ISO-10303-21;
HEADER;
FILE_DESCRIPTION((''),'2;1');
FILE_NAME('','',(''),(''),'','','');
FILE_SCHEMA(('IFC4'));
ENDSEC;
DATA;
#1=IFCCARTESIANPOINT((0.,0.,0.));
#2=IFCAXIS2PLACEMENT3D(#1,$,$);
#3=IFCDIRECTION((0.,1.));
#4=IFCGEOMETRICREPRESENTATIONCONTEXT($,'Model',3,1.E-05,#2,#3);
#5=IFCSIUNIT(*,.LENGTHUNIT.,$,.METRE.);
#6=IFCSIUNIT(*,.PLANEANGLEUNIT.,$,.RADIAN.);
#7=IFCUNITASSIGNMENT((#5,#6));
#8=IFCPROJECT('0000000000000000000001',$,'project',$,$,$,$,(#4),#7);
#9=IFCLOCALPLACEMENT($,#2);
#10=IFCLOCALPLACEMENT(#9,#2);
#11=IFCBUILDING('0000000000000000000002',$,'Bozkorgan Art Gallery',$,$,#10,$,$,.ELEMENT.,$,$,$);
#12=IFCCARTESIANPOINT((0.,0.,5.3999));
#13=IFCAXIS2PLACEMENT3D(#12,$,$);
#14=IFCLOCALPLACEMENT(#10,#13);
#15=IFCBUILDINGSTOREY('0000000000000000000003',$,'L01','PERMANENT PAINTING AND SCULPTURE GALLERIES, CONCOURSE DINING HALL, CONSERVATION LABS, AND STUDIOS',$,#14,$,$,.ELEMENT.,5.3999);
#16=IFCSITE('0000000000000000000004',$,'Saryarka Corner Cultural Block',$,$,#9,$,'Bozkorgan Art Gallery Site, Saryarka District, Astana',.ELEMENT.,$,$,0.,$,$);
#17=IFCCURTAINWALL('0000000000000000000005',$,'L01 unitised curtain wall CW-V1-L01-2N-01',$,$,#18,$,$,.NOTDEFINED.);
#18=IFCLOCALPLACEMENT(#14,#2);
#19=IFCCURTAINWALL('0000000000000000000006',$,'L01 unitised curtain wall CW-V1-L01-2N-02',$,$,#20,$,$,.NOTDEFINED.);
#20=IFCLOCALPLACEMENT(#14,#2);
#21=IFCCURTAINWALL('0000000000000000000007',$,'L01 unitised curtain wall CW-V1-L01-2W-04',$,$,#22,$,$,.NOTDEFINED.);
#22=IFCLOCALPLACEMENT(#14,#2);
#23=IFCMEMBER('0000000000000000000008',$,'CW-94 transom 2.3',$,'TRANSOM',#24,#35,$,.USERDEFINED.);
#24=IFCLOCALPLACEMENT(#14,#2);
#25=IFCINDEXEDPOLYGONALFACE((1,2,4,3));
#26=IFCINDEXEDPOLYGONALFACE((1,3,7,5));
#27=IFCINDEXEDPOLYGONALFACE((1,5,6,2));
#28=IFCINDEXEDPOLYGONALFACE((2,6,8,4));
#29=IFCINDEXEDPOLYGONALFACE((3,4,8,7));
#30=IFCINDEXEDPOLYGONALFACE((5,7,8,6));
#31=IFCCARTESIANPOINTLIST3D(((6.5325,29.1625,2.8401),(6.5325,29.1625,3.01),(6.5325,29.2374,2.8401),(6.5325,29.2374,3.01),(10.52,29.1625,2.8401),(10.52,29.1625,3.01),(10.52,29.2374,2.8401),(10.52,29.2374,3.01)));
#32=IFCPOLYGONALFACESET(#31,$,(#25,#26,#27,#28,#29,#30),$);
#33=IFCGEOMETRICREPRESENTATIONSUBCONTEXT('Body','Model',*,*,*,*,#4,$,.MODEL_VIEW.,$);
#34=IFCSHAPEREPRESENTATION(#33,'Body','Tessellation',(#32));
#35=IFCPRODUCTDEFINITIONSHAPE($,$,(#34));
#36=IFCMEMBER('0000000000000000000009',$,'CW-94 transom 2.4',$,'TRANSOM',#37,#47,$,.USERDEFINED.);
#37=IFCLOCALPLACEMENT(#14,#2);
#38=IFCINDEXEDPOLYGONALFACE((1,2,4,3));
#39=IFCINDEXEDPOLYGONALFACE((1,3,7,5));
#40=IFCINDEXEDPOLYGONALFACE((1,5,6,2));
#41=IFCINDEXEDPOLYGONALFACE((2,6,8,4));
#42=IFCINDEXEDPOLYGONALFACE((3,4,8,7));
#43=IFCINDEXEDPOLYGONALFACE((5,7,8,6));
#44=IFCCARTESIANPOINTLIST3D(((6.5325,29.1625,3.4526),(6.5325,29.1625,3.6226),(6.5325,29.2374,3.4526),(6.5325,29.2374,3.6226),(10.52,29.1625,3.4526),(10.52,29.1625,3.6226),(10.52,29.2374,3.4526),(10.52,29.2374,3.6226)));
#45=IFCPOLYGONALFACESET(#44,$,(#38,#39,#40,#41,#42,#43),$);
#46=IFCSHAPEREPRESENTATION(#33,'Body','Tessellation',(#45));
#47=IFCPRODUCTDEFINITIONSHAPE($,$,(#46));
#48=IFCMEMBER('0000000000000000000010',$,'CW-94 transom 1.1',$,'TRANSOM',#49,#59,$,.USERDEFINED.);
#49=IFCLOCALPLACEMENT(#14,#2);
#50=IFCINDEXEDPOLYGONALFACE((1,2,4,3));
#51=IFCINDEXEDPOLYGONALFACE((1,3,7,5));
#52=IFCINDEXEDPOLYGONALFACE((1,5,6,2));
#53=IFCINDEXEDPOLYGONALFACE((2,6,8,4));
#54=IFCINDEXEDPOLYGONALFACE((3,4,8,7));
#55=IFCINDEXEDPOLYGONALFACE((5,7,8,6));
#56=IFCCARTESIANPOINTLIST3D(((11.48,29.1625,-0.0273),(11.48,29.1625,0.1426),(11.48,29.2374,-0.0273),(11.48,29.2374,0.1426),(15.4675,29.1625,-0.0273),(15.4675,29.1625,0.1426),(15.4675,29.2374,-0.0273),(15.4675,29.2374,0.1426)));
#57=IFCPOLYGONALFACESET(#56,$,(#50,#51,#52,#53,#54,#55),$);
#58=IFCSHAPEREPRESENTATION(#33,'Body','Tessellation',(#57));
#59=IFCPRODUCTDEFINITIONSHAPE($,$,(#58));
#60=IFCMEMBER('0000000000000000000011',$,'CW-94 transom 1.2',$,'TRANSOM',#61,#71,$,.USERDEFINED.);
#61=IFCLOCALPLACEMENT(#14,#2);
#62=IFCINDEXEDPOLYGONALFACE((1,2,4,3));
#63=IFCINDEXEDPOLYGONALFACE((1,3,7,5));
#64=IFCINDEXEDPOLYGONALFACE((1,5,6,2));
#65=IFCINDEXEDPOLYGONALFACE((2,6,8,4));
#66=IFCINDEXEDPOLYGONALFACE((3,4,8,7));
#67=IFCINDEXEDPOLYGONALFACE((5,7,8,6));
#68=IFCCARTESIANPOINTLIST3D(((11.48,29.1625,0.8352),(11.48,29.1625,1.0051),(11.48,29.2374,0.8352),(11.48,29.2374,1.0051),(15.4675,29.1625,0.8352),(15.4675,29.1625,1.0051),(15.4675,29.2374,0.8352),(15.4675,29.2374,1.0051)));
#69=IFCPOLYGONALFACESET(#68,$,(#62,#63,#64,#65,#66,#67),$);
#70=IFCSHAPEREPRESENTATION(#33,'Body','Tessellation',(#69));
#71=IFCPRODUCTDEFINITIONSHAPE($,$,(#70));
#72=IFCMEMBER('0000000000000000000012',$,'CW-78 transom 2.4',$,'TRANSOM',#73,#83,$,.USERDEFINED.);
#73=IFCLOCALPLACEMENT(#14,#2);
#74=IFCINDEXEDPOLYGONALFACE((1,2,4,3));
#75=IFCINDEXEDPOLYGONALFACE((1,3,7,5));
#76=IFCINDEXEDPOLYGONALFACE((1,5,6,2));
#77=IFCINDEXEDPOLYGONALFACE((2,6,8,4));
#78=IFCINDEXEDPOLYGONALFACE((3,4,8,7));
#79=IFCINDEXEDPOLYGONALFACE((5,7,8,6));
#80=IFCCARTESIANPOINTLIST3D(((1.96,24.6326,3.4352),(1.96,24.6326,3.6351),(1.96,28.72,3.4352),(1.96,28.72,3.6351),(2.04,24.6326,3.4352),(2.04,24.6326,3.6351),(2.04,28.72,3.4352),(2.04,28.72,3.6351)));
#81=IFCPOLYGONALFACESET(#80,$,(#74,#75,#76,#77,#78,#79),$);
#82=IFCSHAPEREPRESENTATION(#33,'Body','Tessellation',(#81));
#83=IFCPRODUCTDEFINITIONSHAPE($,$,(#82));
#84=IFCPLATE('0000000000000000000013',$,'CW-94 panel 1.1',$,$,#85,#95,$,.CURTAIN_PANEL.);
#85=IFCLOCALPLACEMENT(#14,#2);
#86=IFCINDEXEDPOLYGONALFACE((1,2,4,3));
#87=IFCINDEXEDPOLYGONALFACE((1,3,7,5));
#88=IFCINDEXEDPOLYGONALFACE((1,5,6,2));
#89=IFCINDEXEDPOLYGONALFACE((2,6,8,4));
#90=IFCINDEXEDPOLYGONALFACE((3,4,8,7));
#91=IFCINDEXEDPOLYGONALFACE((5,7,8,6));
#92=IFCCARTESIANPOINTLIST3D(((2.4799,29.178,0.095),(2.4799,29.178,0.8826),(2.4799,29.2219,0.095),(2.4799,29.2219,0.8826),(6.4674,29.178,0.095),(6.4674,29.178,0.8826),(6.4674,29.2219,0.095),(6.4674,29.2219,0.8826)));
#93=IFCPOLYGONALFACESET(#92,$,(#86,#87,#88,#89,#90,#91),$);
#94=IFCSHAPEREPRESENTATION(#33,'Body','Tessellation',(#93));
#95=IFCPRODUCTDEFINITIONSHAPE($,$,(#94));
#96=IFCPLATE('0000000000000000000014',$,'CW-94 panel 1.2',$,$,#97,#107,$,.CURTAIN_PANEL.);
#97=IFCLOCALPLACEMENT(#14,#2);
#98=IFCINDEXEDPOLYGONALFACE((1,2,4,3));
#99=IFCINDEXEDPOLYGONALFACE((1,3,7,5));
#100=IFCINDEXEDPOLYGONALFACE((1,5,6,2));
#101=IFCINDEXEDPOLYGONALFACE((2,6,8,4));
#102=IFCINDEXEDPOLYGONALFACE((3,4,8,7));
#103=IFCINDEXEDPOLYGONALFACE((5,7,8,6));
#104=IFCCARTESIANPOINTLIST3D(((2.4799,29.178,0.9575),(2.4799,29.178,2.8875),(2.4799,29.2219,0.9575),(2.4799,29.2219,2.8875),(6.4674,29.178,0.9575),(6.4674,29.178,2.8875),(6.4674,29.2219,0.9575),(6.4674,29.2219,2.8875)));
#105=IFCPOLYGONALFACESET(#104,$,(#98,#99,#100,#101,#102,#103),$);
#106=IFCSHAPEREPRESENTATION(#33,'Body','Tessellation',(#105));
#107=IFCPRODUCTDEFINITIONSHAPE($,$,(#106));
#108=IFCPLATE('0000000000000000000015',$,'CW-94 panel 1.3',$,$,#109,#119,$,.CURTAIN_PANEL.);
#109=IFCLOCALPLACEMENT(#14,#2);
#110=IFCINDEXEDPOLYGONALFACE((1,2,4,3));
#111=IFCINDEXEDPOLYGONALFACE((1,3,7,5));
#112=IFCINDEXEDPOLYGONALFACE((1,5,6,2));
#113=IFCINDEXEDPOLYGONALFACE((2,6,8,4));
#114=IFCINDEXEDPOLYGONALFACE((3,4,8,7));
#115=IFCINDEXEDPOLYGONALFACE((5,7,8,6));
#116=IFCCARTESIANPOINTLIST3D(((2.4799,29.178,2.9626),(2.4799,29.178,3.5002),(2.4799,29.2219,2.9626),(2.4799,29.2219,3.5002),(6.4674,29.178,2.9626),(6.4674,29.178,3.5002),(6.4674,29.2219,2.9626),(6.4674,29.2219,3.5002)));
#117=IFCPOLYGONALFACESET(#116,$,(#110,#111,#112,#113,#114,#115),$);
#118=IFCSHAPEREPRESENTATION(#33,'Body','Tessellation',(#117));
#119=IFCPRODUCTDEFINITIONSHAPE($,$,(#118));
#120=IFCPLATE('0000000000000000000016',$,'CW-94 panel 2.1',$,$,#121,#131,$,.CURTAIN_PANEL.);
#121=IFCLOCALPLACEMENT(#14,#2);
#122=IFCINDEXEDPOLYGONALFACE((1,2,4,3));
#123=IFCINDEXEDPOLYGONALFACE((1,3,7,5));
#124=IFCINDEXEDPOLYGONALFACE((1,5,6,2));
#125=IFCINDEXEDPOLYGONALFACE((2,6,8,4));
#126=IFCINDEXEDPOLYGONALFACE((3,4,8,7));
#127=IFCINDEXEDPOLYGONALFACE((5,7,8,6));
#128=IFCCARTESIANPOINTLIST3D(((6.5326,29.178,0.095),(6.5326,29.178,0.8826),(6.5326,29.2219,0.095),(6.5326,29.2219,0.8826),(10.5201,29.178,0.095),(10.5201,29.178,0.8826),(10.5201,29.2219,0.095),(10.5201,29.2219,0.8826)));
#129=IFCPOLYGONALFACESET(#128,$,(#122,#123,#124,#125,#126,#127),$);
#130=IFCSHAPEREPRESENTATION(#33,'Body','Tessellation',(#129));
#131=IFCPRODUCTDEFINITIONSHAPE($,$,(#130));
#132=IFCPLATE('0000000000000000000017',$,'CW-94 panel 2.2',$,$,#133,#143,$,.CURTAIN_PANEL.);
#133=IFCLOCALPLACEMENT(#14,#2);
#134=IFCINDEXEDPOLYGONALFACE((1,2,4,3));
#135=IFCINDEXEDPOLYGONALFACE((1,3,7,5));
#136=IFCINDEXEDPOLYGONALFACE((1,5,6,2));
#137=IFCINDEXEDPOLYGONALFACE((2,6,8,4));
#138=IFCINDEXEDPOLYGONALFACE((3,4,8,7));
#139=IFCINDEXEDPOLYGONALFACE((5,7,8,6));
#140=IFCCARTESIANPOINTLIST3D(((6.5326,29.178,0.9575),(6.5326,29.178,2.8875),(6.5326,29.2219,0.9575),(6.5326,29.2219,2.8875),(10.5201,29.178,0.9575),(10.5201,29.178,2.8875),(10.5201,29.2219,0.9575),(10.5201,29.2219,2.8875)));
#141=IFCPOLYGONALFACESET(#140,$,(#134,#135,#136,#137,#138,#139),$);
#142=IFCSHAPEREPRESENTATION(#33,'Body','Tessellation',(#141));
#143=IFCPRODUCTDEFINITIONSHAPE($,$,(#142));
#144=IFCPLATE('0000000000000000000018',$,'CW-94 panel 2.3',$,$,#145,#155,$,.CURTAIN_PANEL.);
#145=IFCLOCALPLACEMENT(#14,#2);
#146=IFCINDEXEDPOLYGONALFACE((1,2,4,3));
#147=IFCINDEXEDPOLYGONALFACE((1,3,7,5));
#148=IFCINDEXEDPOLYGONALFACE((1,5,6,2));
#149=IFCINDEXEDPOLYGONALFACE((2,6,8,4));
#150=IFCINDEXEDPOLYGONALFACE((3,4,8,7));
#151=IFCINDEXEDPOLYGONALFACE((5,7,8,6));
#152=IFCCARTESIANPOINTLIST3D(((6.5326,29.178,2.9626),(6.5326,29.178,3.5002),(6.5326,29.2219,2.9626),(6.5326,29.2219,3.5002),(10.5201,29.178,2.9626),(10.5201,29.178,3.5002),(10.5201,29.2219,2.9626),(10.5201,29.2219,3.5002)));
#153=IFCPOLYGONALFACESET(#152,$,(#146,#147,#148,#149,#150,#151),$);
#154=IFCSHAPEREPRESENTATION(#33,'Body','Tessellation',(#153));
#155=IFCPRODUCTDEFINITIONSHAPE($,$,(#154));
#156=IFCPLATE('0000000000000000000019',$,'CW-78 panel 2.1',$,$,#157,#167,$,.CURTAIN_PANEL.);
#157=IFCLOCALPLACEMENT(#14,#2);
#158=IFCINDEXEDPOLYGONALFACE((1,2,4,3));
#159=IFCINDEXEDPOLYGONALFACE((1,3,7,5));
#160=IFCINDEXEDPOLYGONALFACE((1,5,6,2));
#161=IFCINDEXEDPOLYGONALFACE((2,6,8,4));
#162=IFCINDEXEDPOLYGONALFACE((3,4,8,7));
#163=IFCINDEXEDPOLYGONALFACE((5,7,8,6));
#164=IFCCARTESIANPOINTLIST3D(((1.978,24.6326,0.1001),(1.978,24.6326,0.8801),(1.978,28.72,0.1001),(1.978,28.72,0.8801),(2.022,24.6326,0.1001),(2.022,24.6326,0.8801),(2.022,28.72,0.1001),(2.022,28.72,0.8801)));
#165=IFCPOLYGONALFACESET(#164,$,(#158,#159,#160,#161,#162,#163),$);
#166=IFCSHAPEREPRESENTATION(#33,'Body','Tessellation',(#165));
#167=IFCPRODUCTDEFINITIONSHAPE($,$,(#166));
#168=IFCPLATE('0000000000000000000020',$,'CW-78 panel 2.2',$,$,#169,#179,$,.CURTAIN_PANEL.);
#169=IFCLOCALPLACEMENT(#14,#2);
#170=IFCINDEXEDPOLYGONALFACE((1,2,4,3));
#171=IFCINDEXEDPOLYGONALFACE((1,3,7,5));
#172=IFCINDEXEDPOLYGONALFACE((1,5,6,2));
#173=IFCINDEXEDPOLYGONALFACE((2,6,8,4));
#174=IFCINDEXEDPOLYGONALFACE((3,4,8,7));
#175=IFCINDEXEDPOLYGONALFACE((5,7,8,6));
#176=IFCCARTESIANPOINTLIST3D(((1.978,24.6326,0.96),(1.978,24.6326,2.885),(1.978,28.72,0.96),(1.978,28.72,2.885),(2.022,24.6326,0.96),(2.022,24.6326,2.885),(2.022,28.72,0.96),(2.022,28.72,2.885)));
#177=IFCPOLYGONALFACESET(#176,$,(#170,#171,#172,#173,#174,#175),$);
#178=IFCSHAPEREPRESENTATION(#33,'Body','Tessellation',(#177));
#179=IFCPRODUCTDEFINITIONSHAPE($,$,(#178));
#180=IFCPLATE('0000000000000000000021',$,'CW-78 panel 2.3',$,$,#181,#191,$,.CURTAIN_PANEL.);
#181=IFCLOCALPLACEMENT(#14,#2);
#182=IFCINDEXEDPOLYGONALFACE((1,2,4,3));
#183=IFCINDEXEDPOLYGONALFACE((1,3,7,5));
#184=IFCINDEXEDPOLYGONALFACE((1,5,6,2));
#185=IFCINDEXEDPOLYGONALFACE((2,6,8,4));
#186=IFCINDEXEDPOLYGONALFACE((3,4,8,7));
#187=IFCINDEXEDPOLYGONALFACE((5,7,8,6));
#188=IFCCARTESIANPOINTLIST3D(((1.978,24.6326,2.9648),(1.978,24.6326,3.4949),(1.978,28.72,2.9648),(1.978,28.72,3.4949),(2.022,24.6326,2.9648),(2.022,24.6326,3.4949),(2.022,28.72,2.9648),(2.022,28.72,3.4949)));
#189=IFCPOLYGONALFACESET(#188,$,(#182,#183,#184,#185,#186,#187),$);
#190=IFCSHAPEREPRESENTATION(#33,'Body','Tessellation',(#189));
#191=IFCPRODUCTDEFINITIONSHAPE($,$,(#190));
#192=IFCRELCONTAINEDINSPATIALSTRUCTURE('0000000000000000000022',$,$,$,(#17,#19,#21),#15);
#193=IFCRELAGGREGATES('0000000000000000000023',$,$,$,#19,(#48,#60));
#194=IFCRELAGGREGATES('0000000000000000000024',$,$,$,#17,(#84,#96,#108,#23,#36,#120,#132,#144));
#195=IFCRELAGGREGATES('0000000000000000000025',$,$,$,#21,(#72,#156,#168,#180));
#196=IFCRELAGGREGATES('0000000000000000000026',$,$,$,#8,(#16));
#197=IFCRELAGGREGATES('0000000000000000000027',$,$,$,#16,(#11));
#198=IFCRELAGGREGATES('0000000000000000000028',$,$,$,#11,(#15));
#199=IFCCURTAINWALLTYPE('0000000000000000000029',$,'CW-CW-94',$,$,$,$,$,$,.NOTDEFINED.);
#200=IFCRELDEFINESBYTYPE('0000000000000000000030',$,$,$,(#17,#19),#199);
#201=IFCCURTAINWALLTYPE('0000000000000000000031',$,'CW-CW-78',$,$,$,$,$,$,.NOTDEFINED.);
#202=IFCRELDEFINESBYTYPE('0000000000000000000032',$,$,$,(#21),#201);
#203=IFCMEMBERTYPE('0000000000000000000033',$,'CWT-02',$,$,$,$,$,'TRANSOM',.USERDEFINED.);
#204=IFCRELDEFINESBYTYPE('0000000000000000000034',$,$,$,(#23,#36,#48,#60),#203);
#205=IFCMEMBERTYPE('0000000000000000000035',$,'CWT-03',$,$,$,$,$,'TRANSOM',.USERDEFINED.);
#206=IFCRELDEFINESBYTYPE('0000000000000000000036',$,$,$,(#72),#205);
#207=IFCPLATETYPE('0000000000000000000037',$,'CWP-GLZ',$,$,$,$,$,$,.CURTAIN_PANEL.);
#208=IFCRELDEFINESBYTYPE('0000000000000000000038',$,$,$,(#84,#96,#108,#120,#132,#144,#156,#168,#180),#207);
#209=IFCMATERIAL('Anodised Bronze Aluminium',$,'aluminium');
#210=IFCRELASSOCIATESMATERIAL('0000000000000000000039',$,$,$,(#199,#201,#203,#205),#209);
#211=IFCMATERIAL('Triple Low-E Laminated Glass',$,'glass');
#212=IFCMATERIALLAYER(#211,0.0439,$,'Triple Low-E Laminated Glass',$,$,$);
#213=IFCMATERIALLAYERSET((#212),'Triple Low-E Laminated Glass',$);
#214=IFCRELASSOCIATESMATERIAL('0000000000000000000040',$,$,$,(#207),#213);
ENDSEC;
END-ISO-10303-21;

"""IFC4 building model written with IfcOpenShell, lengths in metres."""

from ifc_helpers import new_model, si_unit, direction, frame, origin, origin_2d, place, context, subcontext, project, spatial, rectangle, extrude, material, layer, layer_set, material_profile, profile_set, type_object, element, aggregate, save


model = new_model("IFC4")

# Units and contexts
model_context = context("Model", 3, precision=1e-05, world=origin(), true_north=direction((0.0, 1.0)))
body_context = subcontext(model_context, "Body", "Model", "MODEL_VIEW")
ifc_project = project(units=[si_unit("LENGTHUNIT", "METRE"), si_unit("PLANEANGLEUNIT", "RADIAN")], contexts=[model_context])

# Site, building, storey
site_placement = place(None, origin())
site = spatial("IfcSite", under=ifc_project, at=site_placement, Name="Saryarka Corner Cultural Block", LongName="Bozkorgan Art Gallery Site, Saryarka District, Astana", CompositionType="ELEMENT", RefElevation=0.0)
building_placement = place(site_placement, origin())
building = spatial("IfcBuilding", under=site, at=building_placement, Name="Bozkorgan Art Gallery", CompositionType="ELEMENT")
storey_placement = place(building_placement, frame((0.0, 0.0, 5.3999)))
storey = spatial("IfcBuildingStorey", under=building, at=storey_placement, Name="L01", Description="PERMANENT PAINTING AND SCULPTURE GALLERIES, CONCOURSE DINING HALL, CONSERVATION LABS, AND STUDIOS", CompositionType="ELEMENT", Elevation=5.3999)

# Curtain wall
ifc_material_1 = material(Name="Anodised Bronze Aluminium", Category="aluminium")
curtain_wall_type_1 = type_object("IfcCurtainWallType", Name="CW-CW-94", PredefinedType="NOTDEFINED", material=ifc_material_1)
curtain_wall_1_placement = place(storey_placement, origin())
curtain_wall_1 = element("IfcCurtainWall", 1, at=curtain_wall_1_placement, inside=storey, type_object=curtain_wall_type_1, Name="L01 unitised curtain wall CW-V1-L01-2N-01", PredefinedType="NOTDEFINED")

# Curtain walls
curtain_wall_2_placement = place(storey_placement, origin())
curtain_wall_2 = element("IfcCurtainWall", 2, at=curtain_wall_2_placement, inside=storey, type_object=curtain_wall_type_1, Name="L01 unitised curtain wall CW-V1-L01-2N-02", PredefinedType="NOTDEFINED")
curtain_wall_type_2 = type_object("IfcCurtainWallType", Name="CW-CW-78", PredefinedType="NOTDEFINED", material=ifc_material_1)
curtain_wall_3_placement = place(storey_placement, origin())
curtain_wall_3 = element("IfcCurtainWall", 3, at=curtain_wall_3_placement, inside=storey, type_object=curtain_wall_type_2, Name="L01 unitised curtain wall CW-V1-L01-2W-04", PredefinedType="NOTDEFINED")

# Members
ifc_material_profile_1 = material_profile(ifc_material_1, rectangle(XDim=0.075, YDim=0.1699, at=origin_2d()), Name="ALU TRANSOM 75x170")
ifc_profile_set_1 = profile_set([ifc_material_profile_1], Name="Anodised Bronze Aluminium")
member_type_1 = type_object("IfcMemberType", Name="CWT-02", ElementType="TRANSOM", PredefinedType="USERDEFINED", material=ifc_profile_set_1)
member_1_placement = place(storey_placement, frame((6.5325, 29.2, 2.925), z_axis=(1.0, 0.0, 0.0), x_axis=(0.0, 1.0, 0.0)))
member_1 = element("IfcMember", 4, at=member_1_placement, type_object=member_type_1, Name="CW-94 transom 2.3", ObjectType="TRANSOM", PredefinedType="USERDEFINED", context=body_context, shape_type="SweptSolid", body=[
    extrude(rectangle(XDim=0.075, YDim=0.1699, at=origin_2d()), origin(), (0.0, 0.0, 1.0), 3.9875),
])
member_2_placement = place(storey_placement, frame((6.5325, 29.2, 3.5376), z_axis=(1.0, 0.0, 0.0), x_axis=(0.0, 1.0, 0.0)))
member_2 = element("IfcMember", 5, at=member_2_placement, type_object=member_type_1, Name="CW-94 transom 2.4", ObjectType="TRANSOM", PredefinedType="USERDEFINED", context=body_context, shape_type="SweptSolid", body=[
    extrude(rectangle(XDim=0.075, YDim=0.1699, at=origin_2d()), origin(), (0.0, 0.0, 1.0), 3.9875),
])
member_3_placement = place(storey_placement, frame((11.48, 29.2, 0.0576), z_axis=(1.0, 0.0, 0.0), x_axis=(0.0, 1.0, 0.0)))
member_3 = element("IfcMember", 6, at=member_3_placement, type_object=member_type_1, Name="CW-94 transom 1.1", ObjectType="TRANSOM", PredefinedType="USERDEFINED", context=body_context, shape_type="SweptSolid", body=[
    extrude(rectangle(XDim=0.075, YDim=0.1699, at=origin_2d()), origin(), (0.0, 0.0, 1.0), 3.9875),
])
member_4_placement = place(storey_placement, frame((11.48, 29.2, 0.9202), z_axis=(1.0, 0.0, 0.0), x_axis=(0.0, 1.0, 0.0)))
member_4 = element("IfcMember", 7, at=member_4_placement, type_object=member_type_1, Name="CW-94 transom 1.2", ObjectType="TRANSOM", PredefinedType="USERDEFINED", context=body_context, shape_type="SweptSolid", body=[
    extrude(rectangle(XDim=0.075, YDim=0.1699, at=origin_2d()), origin(), (0.0, 0.0, 1.0), 3.9875),
])
aggregate(curtain_wall_2, [member_3, member_4])
ifc_material_profile_2 = material_profile(ifc_material_1, rectangle(XDim=0.0801, YDim=0.2, at=origin_2d()), Name="ALU TRANSOM 80x200")
ifc_profile_set_2 = profile_set([ifc_material_profile_2], Name="Anodised Bronze Aluminium")
member_type_2 = type_object("IfcMemberType", Name="CWT-03", ElementType="TRANSOM", PredefinedType="USERDEFINED", material=ifc_profile_set_2)
member_5_placement = place(storey_placement, frame((2.0, 24.6326, 3.5352), z_axis=(0.0, 1.0, 0.0), x_axis=(-1.0, 0.0, 0.0)))
member_5 = element("IfcMember", 8, at=member_5_placement, type_object=member_type_2, Name="CW-78 transom 2.4", ObjectType="TRANSOM", PredefinedType="USERDEFINED", context=body_context, shape_type="SweptSolid", body=[
    extrude(rectangle(XDim=0.0801, YDim=0.2, at=origin_2d()), origin(), (0.0, 0.0, 1.0), 4.0874),
])

# Plates
ifc_material_2 = material(Name="Triple Low-E Laminated Glass", Category="glass")
ifc_layer = layer(ifc_material_2, 0.0439, Name="Triple Low-E Laminated Glass")
ifc_layer_set = layer_set([ifc_layer], Name="Triple Low-E Laminated Glass")
plate_type = type_object("IfcPlateType", Name="CWP-GLZ", PredefinedType="CURTAIN_PANEL", material=ifc_layer_set)
plate_1_placement = place(storey_placement, frame((4.4736, 29.2, 0.095), z_axis=(0.0, 0.0, 1.0), x_axis=(1.0, 0.0, 0.0)))
plate_1 = element("IfcPlate", 9, at=plate_1_placement, type_object=plate_type, Name="CW-94 panel 1.1", PredefinedType="CURTAIN_PANEL", context=body_context, shape_type="SweptSolid", body=[
    extrude(rectangle(XDim=3.9875, YDim=0.0439, at=origin_2d()), origin(), (0.0, 0.0, 1.0), 0.7876),
])
plate_2_placement = place(storey_placement, frame((4.4736, 29.2, 0.9575), z_axis=(0.0, 0.0, 1.0), x_axis=(1.0, 0.0, 0.0)))
plate_2 = element("IfcPlate", 10, at=plate_2_placement, type_object=plate_type, Name="CW-94 panel 1.2", PredefinedType="CURTAIN_PANEL", context=body_context, shape_type="SweptSolid", body=[
    extrude(rectangle(XDim=3.9875, YDim=0.0439, at=origin_2d()), origin(), (0.0, 0.0, 1.0), 1.9299),
])
plate_3_placement = place(storey_placement, frame((4.4736, 29.2, 2.9626), z_axis=(0.0, 0.0, 1.0), x_axis=(1.0, 0.0, 0.0)))
plate_3 = element("IfcPlate", 11, at=plate_3_placement, type_object=plate_type, Name="CW-94 panel 1.3", PredefinedType="CURTAIN_PANEL", context=body_context, shape_type="SweptSolid", body=[
    extrude(rectangle(XDim=3.9875, YDim=0.0439, at=origin_2d()), origin(), (0.0, 0.0, 1.0), 0.5376),
])
plate_4_placement = place(storey_placement, frame((8.5264, 29.2, 0.095), z_axis=(0.0, 0.0, 1.0), x_axis=(1.0, 0.0, 0.0)))
plate_4 = element("IfcPlate", 12, at=plate_4_placement, type_object=plate_type, Name="CW-94 panel 2.1", PredefinedType="CURTAIN_PANEL", context=body_context, shape_type="SweptSolid", body=[
    extrude(rectangle(XDim=3.9875, YDim=0.0439, at=origin_2d()), origin(), (0.0, 0.0, 1.0), 0.7876),
])
plate_5_placement = place(storey_placement, frame((8.5264, 29.2, 0.9575), z_axis=(0.0, 0.0, 1.0), x_axis=(1.0, 0.0, 0.0)))
plate_5 = element("IfcPlate", 13, at=plate_5_placement, type_object=plate_type, Name="CW-94 panel 2.2", PredefinedType="CURTAIN_PANEL", context=body_context, shape_type="SweptSolid", body=[
    extrude(rectangle(XDim=3.9875, YDim=0.0439, at=origin_2d()), origin(), (0.0, 0.0, 1.0), 1.9299),
])
plate_6_placement = place(storey_placement, frame((8.5264, 29.2, 2.9626), z_axis=(0.0, 0.0, 1.0), x_axis=(1.0, 0.0, 0.0)))
plate_6 = element("IfcPlate", 14, at=plate_6_placement, type_object=plate_type, Name="CW-94 panel 2.3", PredefinedType="CURTAIN_PANEL", context=body_context, shape_type="SweptSolid", body=[
    extrude(rectangle(XDim=3.9875, YDim=0.0439, at=origin_2d()), origin(), (0.0, 0.0, 1.0), 0.5376),
])
aggregate(curtain_wall_1, [plate_1, plate_2, plate_3, member_1, member_2, plate_4, plate_5, plate_6])
plate_7_placement = place(storey_placement, frame((2.0, 26.6763, 0.1001), z_axis=(0.0, 0.0, 1.0), x_axis=(0.0, 1.0, 0.0)))
plate_7 = element("IfcPlate", 15, at=plate_7_placement, type_object=plate_type, Name="CW-78 panel 2.1", PredefinedType="CURTAIN_PANEL", context=body_context, shape_type="SweptSolid", body=[
    extrude(rectangle(XDim=4.0874, YDim=0.0439, at=origin_2d()), origin(), (0.0, 0.0, 1.0), 0.78),
])
plate_8_placement = place(storey_placement, frame((2.0, 26.6763, 0.96), z_axis=(0.0, 0.0, 1.0), x_axis=(0.0, 1.0, 0.0)))
plate_8 = element("IfcPlate", 16, at=plate_8_placement, type_object=plate_type, Name="CW-78 panel 2.2", PredefinedType="CURTAIN_PANEL", context=body_context, shape_type="SweptSolid", body=[
    extrude(rectangle(XDim=4.0874, YDim=0.0439, at=origin_2d()), origin(), (0.0, 0.0, 1.0), 1.925),
])
plate_9_placement = place(storey_placement, frame((2.0, 26.6763, 2.9648), z_axis=(0.0, 0.0, 1.0), x_axis=(0.0, 1.0, 0.0)))
plate_9 = element("IfcPlate", 17, at=plate_9_placement, type_object=plate_type, Name="CW-78 panel 2.3", PredefinedType="CURTAIN_PANEL", context=body_context, shape_type="SweptSolid", body=[
    extrude(rectangle(XDim=4.0874, YDim=0.0439, at=origin_2d()), origin(), (0.0, 0.0, 1.0), 0.53),
])
aggregate(curtain_wall_3, [member_5, plate_7, plate_8, plate_9])

save(model, "model.ifc")
